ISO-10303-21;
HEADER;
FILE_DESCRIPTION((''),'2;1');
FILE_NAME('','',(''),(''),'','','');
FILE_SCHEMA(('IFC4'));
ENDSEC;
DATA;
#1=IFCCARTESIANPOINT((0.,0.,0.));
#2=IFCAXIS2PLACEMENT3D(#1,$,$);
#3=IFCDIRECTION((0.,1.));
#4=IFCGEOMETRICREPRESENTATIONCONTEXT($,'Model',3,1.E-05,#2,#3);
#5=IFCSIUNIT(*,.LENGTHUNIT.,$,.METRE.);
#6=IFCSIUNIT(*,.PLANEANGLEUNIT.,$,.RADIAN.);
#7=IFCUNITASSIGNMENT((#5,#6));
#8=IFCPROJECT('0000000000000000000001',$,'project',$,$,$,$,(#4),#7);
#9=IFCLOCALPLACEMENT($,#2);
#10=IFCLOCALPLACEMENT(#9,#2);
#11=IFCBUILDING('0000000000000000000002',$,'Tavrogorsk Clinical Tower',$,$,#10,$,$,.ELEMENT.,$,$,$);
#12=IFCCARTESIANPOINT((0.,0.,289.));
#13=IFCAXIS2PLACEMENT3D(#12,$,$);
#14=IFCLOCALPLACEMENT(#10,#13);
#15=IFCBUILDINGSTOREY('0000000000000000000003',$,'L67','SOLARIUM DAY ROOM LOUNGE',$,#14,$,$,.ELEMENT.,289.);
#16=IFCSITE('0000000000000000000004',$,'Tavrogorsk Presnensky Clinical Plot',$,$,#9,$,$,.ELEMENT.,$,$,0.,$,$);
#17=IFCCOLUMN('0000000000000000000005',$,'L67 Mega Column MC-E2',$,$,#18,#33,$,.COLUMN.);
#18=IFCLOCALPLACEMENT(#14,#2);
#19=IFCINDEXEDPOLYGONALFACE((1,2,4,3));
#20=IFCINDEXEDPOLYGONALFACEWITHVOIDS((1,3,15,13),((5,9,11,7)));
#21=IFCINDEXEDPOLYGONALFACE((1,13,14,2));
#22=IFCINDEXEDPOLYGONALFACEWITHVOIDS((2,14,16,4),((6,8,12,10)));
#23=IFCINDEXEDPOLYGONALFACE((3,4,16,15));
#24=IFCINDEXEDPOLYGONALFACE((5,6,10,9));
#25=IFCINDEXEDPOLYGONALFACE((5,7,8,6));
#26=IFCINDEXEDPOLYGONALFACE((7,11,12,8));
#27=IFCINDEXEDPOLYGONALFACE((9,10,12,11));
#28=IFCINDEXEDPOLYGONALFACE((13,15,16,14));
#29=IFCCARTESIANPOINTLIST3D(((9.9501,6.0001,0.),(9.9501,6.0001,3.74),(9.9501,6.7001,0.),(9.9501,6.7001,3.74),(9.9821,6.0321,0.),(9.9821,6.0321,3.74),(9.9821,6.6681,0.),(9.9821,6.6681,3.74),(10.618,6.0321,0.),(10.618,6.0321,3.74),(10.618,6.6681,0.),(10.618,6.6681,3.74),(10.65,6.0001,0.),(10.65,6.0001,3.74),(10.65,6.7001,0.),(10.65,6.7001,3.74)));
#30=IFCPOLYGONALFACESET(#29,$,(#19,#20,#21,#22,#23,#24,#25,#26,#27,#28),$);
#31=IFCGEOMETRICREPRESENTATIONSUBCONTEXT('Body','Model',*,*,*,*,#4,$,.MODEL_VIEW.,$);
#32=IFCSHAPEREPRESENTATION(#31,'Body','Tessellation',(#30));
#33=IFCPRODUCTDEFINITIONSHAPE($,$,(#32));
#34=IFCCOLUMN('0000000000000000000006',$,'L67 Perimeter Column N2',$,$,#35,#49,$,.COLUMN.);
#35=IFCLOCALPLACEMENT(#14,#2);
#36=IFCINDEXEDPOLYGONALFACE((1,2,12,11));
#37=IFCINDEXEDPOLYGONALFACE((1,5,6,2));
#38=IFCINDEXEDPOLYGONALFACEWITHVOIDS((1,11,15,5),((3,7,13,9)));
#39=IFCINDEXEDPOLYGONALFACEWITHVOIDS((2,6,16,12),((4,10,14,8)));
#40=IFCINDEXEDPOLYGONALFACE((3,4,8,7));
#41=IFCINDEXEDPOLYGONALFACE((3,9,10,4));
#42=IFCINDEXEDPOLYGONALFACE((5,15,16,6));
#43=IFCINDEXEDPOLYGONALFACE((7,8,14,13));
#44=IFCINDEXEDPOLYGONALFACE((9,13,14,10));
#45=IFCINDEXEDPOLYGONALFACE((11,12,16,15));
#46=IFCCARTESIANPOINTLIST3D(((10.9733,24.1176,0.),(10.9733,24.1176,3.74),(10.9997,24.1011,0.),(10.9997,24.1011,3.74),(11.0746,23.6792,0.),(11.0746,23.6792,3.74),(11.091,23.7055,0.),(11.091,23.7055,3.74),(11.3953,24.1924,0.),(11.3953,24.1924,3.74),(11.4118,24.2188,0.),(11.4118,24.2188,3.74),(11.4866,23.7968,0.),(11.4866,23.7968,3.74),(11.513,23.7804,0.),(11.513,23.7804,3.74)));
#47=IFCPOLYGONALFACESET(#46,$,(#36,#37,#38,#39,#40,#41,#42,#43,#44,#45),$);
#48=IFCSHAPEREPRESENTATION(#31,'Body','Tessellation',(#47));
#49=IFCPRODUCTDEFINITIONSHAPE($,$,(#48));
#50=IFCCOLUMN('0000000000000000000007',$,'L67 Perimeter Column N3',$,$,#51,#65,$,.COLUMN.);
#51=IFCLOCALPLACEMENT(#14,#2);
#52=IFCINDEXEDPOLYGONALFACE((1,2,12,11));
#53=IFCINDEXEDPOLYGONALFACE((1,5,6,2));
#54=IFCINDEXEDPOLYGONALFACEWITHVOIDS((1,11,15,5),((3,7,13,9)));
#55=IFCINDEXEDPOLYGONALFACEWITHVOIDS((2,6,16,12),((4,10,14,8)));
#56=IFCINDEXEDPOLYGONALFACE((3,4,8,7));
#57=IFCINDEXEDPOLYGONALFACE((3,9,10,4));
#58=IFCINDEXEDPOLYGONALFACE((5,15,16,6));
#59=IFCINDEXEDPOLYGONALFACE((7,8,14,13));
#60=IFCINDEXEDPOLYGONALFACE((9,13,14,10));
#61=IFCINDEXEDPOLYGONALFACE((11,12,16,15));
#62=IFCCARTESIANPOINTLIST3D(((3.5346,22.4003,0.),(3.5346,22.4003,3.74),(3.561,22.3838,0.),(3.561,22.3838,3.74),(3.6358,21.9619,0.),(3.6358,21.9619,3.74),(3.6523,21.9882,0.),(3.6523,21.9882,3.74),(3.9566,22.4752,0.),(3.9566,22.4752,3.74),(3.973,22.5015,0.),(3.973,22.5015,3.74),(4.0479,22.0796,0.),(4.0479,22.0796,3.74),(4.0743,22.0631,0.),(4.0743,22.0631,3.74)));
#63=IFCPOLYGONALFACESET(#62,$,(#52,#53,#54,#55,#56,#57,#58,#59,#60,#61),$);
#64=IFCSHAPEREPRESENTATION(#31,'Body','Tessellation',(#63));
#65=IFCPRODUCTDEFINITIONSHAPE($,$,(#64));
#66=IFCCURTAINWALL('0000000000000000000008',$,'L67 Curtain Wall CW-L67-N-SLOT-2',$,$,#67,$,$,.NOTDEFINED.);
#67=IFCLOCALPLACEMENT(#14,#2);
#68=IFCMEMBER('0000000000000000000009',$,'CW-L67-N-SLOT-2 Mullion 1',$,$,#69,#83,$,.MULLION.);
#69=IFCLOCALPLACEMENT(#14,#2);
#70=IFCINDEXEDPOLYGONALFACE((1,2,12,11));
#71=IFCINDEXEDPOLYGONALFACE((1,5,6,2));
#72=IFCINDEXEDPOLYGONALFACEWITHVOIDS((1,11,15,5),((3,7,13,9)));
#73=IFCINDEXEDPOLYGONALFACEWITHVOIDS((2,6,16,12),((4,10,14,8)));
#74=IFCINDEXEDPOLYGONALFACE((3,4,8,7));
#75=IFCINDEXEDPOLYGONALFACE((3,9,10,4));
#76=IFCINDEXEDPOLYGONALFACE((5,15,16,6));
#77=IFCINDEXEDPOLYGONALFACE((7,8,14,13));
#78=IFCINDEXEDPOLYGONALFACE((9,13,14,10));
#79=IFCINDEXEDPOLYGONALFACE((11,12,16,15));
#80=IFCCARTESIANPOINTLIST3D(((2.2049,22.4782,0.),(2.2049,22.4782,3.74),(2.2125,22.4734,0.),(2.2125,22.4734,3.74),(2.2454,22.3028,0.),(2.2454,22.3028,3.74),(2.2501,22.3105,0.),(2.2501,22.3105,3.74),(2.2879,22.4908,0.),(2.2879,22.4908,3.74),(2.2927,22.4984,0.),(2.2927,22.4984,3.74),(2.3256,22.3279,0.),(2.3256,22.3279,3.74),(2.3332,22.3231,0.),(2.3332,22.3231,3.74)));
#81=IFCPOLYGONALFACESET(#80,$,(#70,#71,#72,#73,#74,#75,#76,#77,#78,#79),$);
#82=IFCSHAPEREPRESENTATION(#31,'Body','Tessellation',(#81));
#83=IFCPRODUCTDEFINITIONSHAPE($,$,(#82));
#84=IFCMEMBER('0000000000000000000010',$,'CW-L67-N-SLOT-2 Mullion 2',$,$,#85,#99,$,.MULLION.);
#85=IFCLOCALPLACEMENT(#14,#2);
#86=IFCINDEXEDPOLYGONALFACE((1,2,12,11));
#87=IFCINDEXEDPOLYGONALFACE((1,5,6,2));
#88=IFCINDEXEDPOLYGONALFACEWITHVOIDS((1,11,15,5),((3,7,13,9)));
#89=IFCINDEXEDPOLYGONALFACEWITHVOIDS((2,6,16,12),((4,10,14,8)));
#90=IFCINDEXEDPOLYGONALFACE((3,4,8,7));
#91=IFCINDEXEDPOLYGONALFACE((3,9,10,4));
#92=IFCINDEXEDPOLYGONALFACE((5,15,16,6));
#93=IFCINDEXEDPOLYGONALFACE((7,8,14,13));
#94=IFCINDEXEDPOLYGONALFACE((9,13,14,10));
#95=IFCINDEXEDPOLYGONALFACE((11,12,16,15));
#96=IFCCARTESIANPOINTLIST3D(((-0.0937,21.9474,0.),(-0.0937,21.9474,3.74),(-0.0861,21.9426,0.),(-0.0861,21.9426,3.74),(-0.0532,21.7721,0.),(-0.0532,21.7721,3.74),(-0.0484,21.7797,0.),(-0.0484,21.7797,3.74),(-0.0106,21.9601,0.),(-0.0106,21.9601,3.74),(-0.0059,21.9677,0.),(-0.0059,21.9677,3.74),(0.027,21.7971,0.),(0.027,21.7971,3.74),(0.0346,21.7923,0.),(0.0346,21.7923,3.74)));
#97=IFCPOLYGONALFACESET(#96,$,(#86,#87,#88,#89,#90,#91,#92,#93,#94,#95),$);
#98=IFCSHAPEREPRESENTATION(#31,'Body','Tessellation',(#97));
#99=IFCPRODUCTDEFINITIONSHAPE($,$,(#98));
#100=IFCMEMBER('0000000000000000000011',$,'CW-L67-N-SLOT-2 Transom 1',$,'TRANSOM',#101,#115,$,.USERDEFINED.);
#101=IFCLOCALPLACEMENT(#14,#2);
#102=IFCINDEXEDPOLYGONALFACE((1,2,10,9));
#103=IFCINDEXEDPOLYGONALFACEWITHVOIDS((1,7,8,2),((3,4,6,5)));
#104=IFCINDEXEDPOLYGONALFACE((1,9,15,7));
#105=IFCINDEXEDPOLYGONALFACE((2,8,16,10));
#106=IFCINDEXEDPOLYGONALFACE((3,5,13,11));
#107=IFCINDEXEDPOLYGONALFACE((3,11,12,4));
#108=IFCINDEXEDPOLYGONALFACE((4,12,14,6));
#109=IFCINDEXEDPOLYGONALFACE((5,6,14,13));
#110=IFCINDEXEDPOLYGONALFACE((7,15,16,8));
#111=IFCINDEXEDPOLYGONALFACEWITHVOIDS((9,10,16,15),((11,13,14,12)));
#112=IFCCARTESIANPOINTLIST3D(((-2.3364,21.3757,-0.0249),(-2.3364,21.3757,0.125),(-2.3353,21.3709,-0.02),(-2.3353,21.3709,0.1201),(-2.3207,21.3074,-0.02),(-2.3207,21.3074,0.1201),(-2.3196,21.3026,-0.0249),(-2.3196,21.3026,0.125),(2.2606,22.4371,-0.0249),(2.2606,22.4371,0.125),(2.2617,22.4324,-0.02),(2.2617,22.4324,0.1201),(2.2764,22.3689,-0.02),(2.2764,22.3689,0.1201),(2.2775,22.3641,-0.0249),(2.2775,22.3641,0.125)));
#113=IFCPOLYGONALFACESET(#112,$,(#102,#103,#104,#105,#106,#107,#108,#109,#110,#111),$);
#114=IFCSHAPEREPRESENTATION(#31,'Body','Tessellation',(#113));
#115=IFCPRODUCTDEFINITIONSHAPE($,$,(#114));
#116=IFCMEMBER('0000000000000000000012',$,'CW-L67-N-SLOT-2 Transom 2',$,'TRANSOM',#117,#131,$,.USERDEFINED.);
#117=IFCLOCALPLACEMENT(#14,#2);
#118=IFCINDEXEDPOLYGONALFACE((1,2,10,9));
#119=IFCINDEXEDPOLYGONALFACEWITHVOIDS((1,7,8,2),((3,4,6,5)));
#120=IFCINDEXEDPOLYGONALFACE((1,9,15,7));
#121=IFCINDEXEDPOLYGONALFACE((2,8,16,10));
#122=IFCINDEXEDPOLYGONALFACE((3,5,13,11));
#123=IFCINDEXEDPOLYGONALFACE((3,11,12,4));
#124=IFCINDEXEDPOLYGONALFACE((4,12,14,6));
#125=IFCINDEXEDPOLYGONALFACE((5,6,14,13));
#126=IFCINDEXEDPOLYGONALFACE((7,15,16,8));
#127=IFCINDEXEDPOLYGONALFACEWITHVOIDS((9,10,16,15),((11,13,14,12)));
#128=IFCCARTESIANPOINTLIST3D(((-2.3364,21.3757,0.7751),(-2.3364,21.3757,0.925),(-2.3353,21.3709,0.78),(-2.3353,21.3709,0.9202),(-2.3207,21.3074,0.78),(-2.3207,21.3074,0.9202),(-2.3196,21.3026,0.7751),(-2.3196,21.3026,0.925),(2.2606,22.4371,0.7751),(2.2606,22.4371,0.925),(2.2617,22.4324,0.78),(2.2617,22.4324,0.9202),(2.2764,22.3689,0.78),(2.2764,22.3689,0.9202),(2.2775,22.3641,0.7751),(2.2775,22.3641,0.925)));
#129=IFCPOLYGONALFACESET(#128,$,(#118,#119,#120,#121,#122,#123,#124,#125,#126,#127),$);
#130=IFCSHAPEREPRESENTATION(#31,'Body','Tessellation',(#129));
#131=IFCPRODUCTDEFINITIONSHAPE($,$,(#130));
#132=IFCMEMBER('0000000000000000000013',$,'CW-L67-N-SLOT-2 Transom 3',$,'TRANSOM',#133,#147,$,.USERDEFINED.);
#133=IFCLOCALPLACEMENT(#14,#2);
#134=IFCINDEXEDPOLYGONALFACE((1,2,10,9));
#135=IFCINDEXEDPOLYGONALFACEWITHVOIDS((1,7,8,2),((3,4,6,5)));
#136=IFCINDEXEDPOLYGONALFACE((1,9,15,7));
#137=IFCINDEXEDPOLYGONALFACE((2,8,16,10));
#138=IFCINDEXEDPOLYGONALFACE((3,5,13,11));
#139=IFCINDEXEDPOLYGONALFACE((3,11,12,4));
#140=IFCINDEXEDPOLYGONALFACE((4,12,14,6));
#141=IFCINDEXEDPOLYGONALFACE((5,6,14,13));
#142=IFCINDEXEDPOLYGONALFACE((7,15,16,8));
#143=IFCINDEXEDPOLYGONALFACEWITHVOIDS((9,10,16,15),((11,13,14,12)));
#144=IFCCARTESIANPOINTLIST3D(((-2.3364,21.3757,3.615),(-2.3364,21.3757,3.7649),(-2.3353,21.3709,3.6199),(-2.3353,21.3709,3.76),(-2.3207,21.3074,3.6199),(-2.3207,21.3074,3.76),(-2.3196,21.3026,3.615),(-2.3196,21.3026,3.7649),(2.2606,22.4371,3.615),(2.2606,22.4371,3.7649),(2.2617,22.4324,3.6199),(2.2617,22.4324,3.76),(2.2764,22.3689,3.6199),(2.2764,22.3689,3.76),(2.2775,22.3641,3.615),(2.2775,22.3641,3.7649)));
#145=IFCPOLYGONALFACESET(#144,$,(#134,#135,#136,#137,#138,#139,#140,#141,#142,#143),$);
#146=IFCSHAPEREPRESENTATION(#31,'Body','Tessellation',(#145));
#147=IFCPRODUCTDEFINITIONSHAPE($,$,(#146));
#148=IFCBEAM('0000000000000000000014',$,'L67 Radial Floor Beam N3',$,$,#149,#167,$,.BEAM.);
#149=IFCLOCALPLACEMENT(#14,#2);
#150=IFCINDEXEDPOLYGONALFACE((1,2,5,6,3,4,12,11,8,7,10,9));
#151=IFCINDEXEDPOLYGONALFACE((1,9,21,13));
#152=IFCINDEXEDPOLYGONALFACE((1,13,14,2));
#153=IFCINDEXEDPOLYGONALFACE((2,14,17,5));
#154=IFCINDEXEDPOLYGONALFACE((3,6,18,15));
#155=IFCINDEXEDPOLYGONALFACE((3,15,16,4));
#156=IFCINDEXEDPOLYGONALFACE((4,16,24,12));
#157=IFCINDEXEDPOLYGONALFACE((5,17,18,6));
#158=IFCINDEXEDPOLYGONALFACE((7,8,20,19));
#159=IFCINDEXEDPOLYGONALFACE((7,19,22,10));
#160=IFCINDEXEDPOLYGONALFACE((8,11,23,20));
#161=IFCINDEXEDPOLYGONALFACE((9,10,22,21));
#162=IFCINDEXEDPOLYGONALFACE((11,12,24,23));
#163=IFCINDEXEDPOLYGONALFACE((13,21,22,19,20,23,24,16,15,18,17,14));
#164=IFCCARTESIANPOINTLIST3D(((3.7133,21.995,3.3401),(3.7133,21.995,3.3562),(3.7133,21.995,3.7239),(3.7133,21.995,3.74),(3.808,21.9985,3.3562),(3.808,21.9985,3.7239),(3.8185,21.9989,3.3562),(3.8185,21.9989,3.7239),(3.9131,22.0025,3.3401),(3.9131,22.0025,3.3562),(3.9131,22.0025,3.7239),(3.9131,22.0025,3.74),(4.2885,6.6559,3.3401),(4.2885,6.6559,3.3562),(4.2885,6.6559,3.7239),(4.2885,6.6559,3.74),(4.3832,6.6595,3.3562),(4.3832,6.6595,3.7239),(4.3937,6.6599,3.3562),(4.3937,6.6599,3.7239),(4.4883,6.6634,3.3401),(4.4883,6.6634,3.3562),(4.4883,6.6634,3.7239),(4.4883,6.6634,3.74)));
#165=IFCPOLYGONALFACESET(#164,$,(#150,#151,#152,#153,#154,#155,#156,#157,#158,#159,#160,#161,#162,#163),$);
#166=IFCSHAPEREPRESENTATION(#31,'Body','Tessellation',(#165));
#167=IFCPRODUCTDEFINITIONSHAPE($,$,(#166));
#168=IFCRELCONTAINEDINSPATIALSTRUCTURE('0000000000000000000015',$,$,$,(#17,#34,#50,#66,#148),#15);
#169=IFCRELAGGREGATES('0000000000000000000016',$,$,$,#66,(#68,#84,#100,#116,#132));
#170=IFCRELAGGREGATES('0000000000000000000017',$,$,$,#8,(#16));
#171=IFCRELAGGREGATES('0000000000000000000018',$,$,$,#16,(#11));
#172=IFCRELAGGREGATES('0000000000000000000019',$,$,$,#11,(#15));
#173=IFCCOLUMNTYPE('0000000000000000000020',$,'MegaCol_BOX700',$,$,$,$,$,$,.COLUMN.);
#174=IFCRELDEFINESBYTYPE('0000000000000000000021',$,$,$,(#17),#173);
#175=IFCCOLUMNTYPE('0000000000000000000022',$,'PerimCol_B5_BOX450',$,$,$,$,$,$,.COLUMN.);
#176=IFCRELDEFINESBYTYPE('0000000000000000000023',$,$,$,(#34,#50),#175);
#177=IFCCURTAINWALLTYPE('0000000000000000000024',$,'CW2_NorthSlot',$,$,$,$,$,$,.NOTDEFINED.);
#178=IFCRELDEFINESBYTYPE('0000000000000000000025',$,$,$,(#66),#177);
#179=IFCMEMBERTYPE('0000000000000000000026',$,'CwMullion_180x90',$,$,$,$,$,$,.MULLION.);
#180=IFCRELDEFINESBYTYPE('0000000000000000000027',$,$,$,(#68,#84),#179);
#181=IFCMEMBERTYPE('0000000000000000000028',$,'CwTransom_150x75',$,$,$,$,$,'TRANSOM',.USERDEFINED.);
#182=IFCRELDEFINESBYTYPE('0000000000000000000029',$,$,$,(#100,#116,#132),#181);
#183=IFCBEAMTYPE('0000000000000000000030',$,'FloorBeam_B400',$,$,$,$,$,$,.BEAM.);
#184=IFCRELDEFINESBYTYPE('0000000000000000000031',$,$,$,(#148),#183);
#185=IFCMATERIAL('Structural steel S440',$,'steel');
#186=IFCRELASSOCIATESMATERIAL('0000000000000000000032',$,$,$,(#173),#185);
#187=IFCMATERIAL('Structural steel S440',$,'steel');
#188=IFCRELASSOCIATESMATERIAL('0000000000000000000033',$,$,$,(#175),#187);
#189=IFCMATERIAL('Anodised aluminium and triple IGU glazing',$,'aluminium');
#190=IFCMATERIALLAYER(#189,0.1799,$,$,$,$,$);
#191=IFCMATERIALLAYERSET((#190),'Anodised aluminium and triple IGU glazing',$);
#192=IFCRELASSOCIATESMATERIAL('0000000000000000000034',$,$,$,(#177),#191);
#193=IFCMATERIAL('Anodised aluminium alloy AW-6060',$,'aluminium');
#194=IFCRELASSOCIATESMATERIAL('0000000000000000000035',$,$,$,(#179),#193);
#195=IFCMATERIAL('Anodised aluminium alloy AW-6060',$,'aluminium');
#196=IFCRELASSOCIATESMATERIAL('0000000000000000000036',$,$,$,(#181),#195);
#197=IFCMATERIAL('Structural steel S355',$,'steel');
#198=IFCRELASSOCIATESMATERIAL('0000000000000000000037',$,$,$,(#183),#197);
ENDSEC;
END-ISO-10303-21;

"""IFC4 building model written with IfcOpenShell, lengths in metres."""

from ifc_helpers import new_model, si_unit, direction, frame, origin, origin_2d, place, context, subcontext, project, spatial, hollow_rectangle, i_section, extrude, material, layer, layer_set, material_profile, profile_set, type_object, element, aggregate, save


model = new_model("IFC4")

# Units and contexts
model_context = context("Model", 3, precision=1e-05, world=origin(), true_north=direction((0.0, 1.0)))
body_context = subcontext(model_context, "Body", "Model", "MODEL_VIEW")
ifc_project = project(units=[si_unit("LENGTHUNIT", "METRE"), si_unit("PLANEANGLEUNIT", "RADIAN")], contexts=[model_context])

# Site, building, storey
site_placement = place(None, origin())
site = spatial("IfcSite", under=ifc_project, at=site_placement, Name="Tavrogorsk Presnensky Clinical Plot", CompositionType="ELEMENT", RefElevation=0.0)
building_placement = place(site_placement, origin())
building = spatial("IfcBuilding", under=site, at=building_placement, Name="Tavrogorsk Clinical Tower", CompositionType="ELEMENT")
storey_placement = place(building_placement, frame((0.0, 0.0, 289.0)))
storey = spatial("IfcBuildingStorey", under=building, at=storey_placement, Name="L67", Description="SOLARIUM DAY ROOM LOUNGE", CompositionType="ELEMENT", Elevation=289.0)

# Columns
ifc_material_1 = material(Name="Structural steel S440", Category="steel")
ifc_material_profile_1 = material_profile(ifc_material_1, hollow_rectangle(XDim=0.7, YDim=0.7, WallThickness=0.032, at=origin_2d()), Name="BOX-700x700x32")
ifc_profile_set_1 = profile_set([ifc_material_profile_1], Name="Structural steel S440")
column_type_1 = type_object("IfcColumnType", Name="MegaCol_BOX700", PredefinedType="COLUMN", material=ifc_profile_set_1)
column_placement = place(storey_placement, frame((10.3, 6.3501, 0.0), z_axis=(0.0, 0.0, 1.0), x_axis=(1.0, 0.0, 0.0)))
element("IfcColumn", 1, at=column_placement, inside=storey, type_object=column_type_1, Name="L67 Mega Column MC-E2", PredefinedType="COLUMN", context=body_context, shape_type="SweptSolid", body=[
    extrude(hollow_rectangle(XDim=0.7, YDim=0.7, WallThickness=0.032, at=origin_2d()), origin(), (0.0, 0.0, 1.0), 3.74),
])
ifc_material_2 = material(Name="Structural steel S440", Category="steel")
ifc_material_profile_2 = material_profile(ifc_material_2, hollow_rectangle(XDim=0.45, YDim=0.45, WallThickness=0.022, at=origin_2d()), Name="BOX-450x450x22")
ifc_profile_set_2 = profile_set([ifc_material_profile_2], Name="Structural steel S440")
column_type_2 = type_object("IfcColumnType", Name="PerimCol_B5_BOX450", PredefinedType="COLUMN", material=ifc_profile_set_2)
for number, where, z_axis, x_axis, name in (
    (2, (11.2432, 23.949, 0.0), (0.0, 0.0, 1.0), (0.97437, 0.224951, 0.0), "L67 Perimeter Column N2"),
    (3, (3.8044, 22.2317, 0.0), (0.0, 0.0, 1.0), (0.97437, 0.224951, 0.0), "L67 Perimeter Column N3"),
):
    element("IfcColumn", number, at=place(storey_placement, frame(where, z_axis=z_axis, x_axis=x_axis)), inside=storey, type_object=column_type_2, Name=name, PredefinedType="COLUMN", context=body_context, shape_type="SweptSolid", body=[
        extrude(hollow_rectangle(XDim=0.45, YDim=0.45, WallThickness=0.022, at=origin_2d()), origin(), (0.0, 0.0, 1.0), 3.74),
    ])

# Curtain wall, members
ifc_material_3 = material(Name="Anodised aluminium and triple IGU glazing", Category="aluminium")
ifc_layer_1 = layer(ifc_material_3, 0.1799)
ifc_layer_set_1 = layer_set([ifc_layer_1], Name="Anodised aluminium and triple IGU glazing")
curtain_wall_type = type_object("IfcCurtainWallType", Name="CW2_NorthSlot", PredefinedType="NOTDEFINED", material=ifc_layer_set_1)
curtain_wall_placement = place(storey_placement, origin())
curtain_wall = element("IfcCurtainWall", 4, at=curtain_wall_placement, inside=storey, type_object=curtain_wall_type, Name="L67 Curtain Wall CW-L67-N-SLOT-2", PredefinedType="NOTDEFINED")
ifc_material_4 = material(Name="Anodised aluminium alloy AW-6060", Category="aluminium")
ifc_material_profile_3 = material_profile(ifc_material_4, hollow_rectangle(XDim=0.0901, YDim=0.1799, WallThickness=0.0063, at=origin_2d()), Name="RHS-180x90x6.3")
ifc_profile_set_3 = profile_set([ifc_material_profile_3], Name="Anodised aluminium alloy AW-6060")
member_type_1 = type_object("IfcMemberType", Name="CwMullion_180x90", PredefinedType="MULLION", material=ifc_profile_set_3)
member_1_placement = place(storey_placement, frame((2.269, 22.4006, 0.0), z_axis=(0.0, 0.0, 1.0), x_axis=(-0.97437, -0.224951, 0.0)))
member_1 = element("IfcMember", 5, at=member_1_placement, type_object=member_type_1, Name="CW-L67-N-SLOT-2 Mullion 1", PredefinedType="MULLION", context=body_context, shape_type="SweptSolid", body=[
    extrude(hollow_rectangle(XDim=0.0901, YDim=0.1799, WallThickness=0.0063, at=origin_2d()), origin(), (0.0, 0.0, 1.0), 3.74),
])
member_2_placement = place(storey_placement, frame((-0.0295, 21.8699, 0.0), z_axis=(0.0, 0.0, 1.0), x_axis=(-0.97437, -0.224951, 0.0)))
member_2 = element("IfcMember", 6, at=member_2_placement, type_object=member_type_1, Name="CW-L67-N-SLOT-2 Mullion 2", PredefinedType="MULLION", context=body_context, shape_type="SweptSolid", body=[
    extrude(hollow_rectangle(XDim=0.0901, YDim=0.1799, WallThickness=0.0063, at=origin_2d()), origin(), (0.0, 0.0, 1.0), 3.74),
])
ifc_material_5 = material(Name="Anodised aluminium alloy AW-6060", Category="aluminium")
ifc_material_profile_4 = material_profile(ifc_material_5, hollow_rectangle(XDim=0.075, YDim=0.1499, WallThickness=0.0049, at=origin_2d()), Name="RHS-150x75x5")
ifc_profile_set_4 = profile_set([ifc_material_profile_4], Name="Anodised aluminium alloy AW-6060")
member_type_2 = type_object("IfcMemberType", Name="CwTransom_150x75", ElementType="TRANSOM", PredefinedType="USERDEFINED", material=ifc_profile_set_4)
member_3_placement = place(storey_placement, frame((2.269, 22.4006, 0.05), z_axis=(-0.974362, -0.224988, 0.0), x_axis=(0.224988, -0.974362, 0.0)))
member_3 = element("IfcMember", 7, at=member_3_placement, type_object=member_type_2, Name="CW-L67-N-SLOT-2 Transom 1", ObjectType="TRANSOM", PredefinedType="USERDEFINED", context=body_context, shape_type="SweptSolid", body=[
    extrude(hollow_rectangle(XDim=0.075, YDim=0.1499, WallThickness=0.0049, at=origin_2d()), origin(), (0.0, 0.0, 1.0), 4.718),
])
member_4_placement = place(storey_placement, frame((2.269, 22.4006, 0.8501), z_axis=(-0.974362, -0.224988, 0.0), x_axis=(0.224988, -0.974362, 0.0)))
member_4 = element("IfcMember", 8, at=member_4_placement, type_object=member_type_2, Name="CW-L67-N-SLOT-2 Transom 2", ObjectType="TRANSOM", PredefinedType="USERDEFINED", context=body_context, shape_type="SweptSolid", body=[
    extrude(hollow_rectangle(XDim=0.075, YDim=0.1499, WallThickness=0.0049, at=origin_2d()), origin(), (0.0, 0.0, 1.0), 4.718),
])
member_5_placement = place(storey_placement, frame((2.269, 22.4006, 3.6899), z_axis=(-0.974362, -0.224988, 0.0), x_axis=(0.224988, -0.974362, 0.0)))
member_5 = element("IfcMember", 9, at=member_5_placement, type_object=member_type_2, Name="CW-L67-N-SLOT-2 Transom 3", ObjectType="TRANSOM", PredefinedType="USERDEFINED", context=body_context, shape_type="SweptSolid", body=[
    extrude(hollow_rectangle(XDim=0.075, YDim=0.1499, WallThickness=0.0049, at=origin_2d()), origin(), (0.0, 0.0, 1.0), 4.718),
])

# Beam
ifc_material_6 = material(Name="Structural steel S355", Category="steel")
ifc_material_profile_5 = material_profile(ifc_material_6, i_section(OverallWidth=0.2, OverallDepth=0.3999, WebThickness=0.0105, FlangeThickness=0.0161, at=origin_2d()), Name="B-400x200x10.5x16")
ifc_profile_set_5 = profile_set([ifc_material_profile_5], Name="Structural steel S355")
beam_type_1 = type_object("IfcBeamType", Name="FloorBeam_B400", PredefinedType="BEAM", material=ifc_profile_set_5)
beam_placement = place(storey_placement, frame((4.3884, 6.6597, 3.54), z_axis=(-0.037472, 0.999298, 0.0), x_axis=(-0.999298, -0.037472, 0.0)))
element("IfcBeam", 10, at=beam_placement, inside=storey, type_object=beam_type_1, Name="L67 Radial Floor Beam N3", PredefinedType="BEAM", context=body_context, shape_type="SweptSolid", body=[
    extrude(i_section(OverallWidth=0.2, OverallDepth=0.3999, WebThickness=0.0105, FlangeThickness=0.0161, at=origin_2d()), origin(), (0.0, 0.0, 1.0), 15.3499),
])

aggregate(curtain_wall, [member_1, member_2, member_3, member_4, member_5])

save(model, "model.ifc")
